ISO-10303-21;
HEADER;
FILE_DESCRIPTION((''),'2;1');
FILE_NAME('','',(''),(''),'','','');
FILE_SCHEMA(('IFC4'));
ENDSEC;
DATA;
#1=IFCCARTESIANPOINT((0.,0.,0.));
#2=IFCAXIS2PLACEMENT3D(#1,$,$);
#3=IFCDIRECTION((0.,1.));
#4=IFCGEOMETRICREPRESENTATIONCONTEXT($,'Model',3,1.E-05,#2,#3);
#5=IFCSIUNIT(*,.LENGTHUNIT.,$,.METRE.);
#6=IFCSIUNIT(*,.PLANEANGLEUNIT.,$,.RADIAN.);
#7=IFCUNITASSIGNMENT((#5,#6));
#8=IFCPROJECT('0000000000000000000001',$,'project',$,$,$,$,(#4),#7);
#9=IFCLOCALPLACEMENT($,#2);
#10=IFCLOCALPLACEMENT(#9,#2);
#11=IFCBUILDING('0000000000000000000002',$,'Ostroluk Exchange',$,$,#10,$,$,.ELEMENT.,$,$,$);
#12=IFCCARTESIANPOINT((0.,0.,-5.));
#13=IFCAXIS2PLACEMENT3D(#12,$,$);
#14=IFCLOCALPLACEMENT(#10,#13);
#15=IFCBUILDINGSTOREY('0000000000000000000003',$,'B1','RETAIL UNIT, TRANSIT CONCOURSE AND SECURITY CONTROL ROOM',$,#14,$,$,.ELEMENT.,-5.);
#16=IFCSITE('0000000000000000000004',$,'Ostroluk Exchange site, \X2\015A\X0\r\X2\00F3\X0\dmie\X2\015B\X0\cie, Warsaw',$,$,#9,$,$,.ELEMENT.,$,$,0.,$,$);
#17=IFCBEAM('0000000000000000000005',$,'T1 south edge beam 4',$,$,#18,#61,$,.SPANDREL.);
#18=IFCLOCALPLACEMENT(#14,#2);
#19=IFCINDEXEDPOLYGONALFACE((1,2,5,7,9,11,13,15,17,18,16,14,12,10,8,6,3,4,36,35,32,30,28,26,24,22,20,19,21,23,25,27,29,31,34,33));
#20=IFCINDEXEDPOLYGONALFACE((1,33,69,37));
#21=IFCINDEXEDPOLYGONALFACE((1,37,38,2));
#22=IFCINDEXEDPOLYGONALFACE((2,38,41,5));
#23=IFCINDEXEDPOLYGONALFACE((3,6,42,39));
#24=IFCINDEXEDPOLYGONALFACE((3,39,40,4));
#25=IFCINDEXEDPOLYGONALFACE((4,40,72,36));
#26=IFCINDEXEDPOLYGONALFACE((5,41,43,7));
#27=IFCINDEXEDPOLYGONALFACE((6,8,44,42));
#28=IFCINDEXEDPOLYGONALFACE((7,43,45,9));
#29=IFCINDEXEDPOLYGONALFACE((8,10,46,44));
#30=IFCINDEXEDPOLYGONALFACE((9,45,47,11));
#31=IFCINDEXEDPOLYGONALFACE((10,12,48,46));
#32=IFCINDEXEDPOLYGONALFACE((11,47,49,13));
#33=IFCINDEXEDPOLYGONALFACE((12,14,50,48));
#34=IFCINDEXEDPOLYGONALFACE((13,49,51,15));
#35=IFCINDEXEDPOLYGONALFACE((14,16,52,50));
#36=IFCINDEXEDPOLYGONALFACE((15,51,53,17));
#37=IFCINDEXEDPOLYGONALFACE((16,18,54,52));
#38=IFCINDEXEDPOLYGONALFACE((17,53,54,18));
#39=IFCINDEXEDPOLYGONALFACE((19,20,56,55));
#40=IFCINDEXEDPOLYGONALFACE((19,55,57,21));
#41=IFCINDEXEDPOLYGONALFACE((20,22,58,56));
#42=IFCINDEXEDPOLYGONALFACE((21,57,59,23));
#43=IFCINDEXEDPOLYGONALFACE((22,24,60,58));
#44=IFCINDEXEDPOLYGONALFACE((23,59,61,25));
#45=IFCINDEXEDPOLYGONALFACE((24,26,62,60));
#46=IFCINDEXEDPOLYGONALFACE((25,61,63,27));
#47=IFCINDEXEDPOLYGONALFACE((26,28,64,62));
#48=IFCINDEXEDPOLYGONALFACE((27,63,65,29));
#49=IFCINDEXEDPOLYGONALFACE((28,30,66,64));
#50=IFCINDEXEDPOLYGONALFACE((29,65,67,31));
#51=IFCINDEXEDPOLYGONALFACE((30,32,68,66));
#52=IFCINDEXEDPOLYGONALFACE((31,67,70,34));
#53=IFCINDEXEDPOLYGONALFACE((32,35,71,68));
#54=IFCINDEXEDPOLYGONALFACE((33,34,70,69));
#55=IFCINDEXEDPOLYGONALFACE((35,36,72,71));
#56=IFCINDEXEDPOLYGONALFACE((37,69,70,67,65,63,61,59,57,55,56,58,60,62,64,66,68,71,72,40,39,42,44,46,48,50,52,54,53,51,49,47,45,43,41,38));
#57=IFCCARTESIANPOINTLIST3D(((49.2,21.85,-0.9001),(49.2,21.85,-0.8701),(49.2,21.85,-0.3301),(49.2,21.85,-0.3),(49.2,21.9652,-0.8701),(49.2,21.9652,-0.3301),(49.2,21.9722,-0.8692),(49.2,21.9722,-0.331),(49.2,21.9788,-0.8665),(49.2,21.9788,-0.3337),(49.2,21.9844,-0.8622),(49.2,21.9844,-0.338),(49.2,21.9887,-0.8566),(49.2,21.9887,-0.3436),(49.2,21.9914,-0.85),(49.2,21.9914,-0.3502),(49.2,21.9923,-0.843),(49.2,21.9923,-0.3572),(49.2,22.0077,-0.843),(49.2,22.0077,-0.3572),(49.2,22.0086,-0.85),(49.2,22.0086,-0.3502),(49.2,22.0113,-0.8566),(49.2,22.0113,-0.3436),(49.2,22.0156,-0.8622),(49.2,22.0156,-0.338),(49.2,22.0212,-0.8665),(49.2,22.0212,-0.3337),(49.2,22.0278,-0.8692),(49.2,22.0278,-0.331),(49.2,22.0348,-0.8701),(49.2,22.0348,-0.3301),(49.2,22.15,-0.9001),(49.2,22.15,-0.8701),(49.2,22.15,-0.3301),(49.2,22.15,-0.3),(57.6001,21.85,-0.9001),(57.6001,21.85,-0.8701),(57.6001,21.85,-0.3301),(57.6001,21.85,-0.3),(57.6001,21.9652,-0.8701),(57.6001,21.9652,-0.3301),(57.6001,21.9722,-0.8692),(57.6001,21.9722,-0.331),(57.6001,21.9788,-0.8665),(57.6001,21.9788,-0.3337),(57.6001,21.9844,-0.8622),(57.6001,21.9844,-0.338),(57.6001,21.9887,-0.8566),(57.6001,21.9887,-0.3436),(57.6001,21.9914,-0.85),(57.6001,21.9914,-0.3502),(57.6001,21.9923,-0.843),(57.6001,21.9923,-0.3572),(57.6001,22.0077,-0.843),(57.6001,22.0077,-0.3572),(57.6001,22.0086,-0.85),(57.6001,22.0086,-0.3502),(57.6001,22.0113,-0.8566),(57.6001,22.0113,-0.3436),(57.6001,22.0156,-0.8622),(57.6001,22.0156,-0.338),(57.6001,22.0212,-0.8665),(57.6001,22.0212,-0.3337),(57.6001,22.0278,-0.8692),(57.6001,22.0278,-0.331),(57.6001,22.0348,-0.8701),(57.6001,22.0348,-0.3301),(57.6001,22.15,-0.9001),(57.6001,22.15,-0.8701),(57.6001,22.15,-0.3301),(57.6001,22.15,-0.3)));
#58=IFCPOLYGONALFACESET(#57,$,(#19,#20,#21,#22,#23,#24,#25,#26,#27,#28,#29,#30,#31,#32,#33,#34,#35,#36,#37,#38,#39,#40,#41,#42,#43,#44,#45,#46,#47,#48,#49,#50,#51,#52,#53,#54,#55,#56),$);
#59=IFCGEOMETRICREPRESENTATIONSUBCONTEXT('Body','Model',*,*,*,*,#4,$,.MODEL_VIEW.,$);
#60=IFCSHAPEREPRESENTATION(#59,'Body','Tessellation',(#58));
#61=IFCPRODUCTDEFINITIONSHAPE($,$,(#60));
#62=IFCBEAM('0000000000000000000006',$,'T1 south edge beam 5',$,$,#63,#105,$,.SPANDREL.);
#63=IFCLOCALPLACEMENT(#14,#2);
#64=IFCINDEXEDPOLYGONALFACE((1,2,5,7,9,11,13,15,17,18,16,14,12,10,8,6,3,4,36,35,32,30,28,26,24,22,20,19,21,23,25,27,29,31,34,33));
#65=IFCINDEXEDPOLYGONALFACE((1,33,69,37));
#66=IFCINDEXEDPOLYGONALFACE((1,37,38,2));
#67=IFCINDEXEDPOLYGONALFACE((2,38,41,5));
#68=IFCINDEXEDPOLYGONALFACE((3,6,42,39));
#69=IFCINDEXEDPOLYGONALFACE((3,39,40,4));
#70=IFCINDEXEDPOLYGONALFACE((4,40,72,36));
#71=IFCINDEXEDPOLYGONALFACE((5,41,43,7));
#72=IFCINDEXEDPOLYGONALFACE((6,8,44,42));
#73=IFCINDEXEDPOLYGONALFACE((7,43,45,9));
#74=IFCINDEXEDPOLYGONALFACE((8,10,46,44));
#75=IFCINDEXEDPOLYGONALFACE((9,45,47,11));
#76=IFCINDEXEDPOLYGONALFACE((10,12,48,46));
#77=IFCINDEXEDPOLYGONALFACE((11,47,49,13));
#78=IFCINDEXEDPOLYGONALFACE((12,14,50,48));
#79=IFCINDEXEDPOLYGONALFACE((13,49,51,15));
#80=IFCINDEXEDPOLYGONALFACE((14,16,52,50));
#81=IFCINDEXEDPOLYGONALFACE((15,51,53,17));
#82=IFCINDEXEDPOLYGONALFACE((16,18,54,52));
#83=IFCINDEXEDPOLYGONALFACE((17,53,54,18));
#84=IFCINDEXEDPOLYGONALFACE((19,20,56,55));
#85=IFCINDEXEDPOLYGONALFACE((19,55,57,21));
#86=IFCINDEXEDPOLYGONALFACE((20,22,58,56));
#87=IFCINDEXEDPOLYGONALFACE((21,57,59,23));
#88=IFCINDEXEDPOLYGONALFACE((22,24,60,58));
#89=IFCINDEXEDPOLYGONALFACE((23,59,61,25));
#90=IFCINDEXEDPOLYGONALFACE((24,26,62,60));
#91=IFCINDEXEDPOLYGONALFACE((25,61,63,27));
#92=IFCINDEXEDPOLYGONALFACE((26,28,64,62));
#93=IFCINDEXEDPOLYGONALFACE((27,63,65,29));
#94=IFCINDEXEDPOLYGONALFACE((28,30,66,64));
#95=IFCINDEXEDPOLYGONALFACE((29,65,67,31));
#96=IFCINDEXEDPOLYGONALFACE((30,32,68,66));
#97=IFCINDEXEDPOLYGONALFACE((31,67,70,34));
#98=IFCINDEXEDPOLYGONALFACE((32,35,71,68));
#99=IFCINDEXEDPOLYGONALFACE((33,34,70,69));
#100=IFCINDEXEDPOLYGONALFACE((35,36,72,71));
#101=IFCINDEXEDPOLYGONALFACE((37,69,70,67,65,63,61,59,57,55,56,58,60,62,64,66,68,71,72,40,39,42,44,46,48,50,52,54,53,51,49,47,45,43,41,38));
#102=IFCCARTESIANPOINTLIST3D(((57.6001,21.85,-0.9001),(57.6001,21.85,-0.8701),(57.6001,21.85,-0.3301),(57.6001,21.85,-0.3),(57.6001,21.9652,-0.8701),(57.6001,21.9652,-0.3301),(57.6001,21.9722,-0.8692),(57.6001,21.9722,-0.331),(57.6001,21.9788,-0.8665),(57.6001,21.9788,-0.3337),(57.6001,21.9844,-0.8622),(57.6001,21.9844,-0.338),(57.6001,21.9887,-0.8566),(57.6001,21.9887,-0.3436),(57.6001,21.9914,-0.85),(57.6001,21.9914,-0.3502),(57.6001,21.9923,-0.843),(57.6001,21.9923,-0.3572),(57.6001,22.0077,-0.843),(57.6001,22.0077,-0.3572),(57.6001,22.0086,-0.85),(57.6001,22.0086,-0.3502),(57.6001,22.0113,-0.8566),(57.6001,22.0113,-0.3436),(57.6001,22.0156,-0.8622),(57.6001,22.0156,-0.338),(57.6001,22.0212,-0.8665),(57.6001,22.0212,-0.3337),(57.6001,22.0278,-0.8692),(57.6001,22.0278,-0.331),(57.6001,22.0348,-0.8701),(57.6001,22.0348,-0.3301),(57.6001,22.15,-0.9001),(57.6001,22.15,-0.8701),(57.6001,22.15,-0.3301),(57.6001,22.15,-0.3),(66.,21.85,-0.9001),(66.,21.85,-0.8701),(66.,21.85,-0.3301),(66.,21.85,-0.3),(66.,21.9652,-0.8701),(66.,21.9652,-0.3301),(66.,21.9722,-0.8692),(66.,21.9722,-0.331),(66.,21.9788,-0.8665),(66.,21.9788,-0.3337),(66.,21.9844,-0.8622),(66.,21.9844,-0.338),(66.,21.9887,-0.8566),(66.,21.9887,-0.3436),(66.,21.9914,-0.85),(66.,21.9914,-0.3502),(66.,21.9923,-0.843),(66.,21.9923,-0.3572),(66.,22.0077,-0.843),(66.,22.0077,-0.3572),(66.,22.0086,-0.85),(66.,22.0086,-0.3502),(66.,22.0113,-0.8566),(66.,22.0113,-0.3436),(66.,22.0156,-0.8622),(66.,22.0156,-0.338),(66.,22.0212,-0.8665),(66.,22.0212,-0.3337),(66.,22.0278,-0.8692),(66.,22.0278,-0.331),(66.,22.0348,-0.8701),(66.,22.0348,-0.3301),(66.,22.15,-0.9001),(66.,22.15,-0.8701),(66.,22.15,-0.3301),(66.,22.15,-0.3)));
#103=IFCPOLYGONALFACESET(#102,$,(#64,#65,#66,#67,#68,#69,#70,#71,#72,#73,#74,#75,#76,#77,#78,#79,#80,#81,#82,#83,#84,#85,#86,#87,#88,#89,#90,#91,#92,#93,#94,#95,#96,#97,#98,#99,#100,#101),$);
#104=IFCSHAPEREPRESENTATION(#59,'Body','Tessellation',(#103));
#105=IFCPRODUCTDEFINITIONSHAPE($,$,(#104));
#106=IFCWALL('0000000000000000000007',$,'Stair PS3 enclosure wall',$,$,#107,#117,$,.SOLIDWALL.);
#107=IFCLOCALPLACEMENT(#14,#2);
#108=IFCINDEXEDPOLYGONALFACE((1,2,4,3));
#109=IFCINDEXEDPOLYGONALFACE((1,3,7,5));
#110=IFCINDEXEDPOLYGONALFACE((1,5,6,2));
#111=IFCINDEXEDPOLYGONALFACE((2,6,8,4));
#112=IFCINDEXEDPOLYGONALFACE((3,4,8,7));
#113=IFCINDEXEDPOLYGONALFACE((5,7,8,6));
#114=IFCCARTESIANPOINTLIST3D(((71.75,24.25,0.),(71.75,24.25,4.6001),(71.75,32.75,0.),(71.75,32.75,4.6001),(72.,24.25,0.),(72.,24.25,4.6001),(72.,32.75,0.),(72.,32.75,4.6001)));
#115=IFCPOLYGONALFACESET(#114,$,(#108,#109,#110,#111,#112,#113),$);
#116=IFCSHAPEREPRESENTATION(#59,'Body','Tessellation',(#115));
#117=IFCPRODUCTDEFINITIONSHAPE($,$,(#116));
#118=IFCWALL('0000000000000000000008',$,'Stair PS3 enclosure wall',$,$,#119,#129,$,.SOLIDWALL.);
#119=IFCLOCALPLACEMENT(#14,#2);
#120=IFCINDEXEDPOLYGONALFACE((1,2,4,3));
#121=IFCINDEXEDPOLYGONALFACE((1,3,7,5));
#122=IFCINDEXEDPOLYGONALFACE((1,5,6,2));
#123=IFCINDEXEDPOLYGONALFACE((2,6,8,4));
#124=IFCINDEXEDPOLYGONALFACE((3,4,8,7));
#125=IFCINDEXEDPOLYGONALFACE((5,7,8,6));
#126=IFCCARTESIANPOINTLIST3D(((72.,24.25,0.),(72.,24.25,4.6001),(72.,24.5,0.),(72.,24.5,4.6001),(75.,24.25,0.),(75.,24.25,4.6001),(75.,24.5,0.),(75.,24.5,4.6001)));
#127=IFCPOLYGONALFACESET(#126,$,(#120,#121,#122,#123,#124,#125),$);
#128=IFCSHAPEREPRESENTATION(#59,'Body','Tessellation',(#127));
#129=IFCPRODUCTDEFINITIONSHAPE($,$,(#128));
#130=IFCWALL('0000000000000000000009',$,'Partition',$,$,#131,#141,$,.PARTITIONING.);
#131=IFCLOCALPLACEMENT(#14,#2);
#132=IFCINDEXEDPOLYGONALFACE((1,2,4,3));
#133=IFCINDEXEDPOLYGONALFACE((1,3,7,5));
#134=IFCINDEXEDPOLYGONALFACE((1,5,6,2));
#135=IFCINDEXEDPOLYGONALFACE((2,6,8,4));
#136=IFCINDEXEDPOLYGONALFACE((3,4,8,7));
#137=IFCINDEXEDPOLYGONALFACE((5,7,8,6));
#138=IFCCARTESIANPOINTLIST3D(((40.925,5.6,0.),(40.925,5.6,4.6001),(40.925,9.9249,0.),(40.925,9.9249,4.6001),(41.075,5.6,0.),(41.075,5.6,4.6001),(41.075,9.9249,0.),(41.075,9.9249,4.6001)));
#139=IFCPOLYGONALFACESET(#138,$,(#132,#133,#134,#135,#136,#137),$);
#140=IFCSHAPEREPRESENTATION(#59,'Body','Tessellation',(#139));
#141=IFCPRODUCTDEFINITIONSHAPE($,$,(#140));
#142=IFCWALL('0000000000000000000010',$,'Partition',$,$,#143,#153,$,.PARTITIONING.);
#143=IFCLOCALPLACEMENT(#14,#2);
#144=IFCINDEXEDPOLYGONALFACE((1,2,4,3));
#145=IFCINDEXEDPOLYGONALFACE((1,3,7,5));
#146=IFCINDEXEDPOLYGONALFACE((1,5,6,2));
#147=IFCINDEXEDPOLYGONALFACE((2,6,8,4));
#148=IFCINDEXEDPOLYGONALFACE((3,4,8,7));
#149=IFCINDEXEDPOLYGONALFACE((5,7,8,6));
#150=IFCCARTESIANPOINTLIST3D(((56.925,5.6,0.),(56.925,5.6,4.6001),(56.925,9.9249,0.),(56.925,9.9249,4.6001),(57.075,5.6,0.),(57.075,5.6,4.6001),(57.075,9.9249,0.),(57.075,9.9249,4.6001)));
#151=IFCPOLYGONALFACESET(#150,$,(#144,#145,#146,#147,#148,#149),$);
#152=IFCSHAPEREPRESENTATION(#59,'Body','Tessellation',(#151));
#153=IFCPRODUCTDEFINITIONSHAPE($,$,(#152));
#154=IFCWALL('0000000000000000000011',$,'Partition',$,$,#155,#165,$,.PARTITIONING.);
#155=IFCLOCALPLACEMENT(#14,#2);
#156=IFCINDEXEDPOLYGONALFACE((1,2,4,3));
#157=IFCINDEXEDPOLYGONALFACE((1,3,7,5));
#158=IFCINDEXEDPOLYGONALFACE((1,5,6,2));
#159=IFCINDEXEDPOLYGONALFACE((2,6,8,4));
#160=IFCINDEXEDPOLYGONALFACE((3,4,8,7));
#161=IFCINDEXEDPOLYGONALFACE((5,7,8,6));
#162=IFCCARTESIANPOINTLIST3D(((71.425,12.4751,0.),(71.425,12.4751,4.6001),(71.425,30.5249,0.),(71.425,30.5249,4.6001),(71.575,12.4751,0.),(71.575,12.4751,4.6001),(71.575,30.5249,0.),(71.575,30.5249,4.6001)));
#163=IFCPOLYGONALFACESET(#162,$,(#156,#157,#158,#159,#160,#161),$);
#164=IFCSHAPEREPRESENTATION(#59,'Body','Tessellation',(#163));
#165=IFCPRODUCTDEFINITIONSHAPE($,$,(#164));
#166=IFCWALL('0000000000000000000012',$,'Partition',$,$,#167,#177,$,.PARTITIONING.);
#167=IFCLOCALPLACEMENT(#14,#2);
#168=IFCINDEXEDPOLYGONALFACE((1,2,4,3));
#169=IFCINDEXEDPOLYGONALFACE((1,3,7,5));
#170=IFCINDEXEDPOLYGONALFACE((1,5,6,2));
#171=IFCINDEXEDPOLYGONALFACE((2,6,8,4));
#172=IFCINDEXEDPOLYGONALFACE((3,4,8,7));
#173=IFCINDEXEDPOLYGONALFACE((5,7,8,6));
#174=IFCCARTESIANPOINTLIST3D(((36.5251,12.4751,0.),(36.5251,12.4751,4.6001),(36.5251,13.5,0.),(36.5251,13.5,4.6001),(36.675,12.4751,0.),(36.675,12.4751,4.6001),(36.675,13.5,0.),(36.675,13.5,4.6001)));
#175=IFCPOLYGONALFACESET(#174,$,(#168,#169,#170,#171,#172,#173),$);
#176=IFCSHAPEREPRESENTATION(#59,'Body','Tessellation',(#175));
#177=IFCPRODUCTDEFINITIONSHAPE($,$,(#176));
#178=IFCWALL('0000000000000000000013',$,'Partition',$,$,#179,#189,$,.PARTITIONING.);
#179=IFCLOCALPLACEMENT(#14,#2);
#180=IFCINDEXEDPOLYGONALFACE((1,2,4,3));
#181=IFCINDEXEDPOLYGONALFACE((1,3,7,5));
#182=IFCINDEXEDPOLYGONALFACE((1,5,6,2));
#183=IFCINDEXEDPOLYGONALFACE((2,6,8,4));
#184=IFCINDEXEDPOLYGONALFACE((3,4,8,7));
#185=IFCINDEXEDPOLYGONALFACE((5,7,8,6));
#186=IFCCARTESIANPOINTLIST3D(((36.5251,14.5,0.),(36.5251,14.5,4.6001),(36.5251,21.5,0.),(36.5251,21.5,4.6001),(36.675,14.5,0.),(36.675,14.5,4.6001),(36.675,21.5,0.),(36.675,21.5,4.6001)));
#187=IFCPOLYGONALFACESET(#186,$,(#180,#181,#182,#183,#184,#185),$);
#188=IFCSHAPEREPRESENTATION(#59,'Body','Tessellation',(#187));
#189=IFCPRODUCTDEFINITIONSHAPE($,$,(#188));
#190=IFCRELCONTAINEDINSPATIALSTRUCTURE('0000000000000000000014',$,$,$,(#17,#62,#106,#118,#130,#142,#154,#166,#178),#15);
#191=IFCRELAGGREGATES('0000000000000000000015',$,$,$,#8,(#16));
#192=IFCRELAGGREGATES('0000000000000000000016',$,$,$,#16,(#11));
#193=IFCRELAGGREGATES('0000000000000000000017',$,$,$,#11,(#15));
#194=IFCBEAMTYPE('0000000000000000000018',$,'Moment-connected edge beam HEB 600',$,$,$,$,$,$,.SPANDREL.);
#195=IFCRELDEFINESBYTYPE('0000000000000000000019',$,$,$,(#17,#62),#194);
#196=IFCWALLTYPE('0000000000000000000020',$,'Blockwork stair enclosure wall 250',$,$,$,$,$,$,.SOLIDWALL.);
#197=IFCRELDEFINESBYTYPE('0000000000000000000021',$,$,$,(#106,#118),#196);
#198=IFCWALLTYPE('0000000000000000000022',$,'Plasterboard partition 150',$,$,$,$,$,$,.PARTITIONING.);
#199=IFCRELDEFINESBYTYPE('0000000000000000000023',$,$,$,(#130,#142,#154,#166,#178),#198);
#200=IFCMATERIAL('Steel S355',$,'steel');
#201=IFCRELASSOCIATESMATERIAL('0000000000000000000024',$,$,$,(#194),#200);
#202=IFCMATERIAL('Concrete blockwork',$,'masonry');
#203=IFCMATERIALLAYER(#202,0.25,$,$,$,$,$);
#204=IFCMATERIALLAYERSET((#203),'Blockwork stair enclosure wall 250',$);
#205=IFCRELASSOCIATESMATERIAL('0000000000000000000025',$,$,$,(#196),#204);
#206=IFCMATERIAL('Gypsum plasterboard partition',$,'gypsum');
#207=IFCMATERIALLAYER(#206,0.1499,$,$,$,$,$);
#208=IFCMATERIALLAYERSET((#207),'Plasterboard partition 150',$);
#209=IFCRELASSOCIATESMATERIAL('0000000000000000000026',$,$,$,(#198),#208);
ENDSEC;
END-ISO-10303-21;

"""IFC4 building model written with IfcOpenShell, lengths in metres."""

from ifc_helpers import new_model, si_unit, direction, frame, frame_2d, origin, origin_2d, place, context, subcontext, project, spatial, rectangle, i_section, extrude, material, layer, layer_set, material_profile, profile_set, type_object, element, save


model = new_model("IFC4")

# Units and contexts
model_context = context("Model", 3, precision=1e-05, world=origin(), true_north=direction((0.0, 1.0)))
body_context = subcontext(model_context, "Body", "Model", "MODEL_VIEW")
ifc_project = project(units=[si_unit("LENGTHUNIT", "METRE"), si_unit("PLANEANGLEUNIT", "RADIAN")], contexts=[model_context])

# Site, building, storey
site_placement = place(None, origin())
site = spatial("IfcSite", under=ifc_project, at=site_placement, Name="Ostroluk Exchange site, Śródmieście, Warsaw", CompositionType="ELEMENT", RefElevation=0.0)
building_placement = place(site_placement, origin())
building = spatial("IfcBuilding", under=site, at=building_placement, Name="Ostroluk Exchange", CompositionType="ELEMENT")
storey_placement = place(building_placement, frame((0.0, 0.0, -5.0)))
storey = spatial("IfcBuildingStorey", under=building, at=storey_placement, Name="B1", Description="RETAIL UNIT, TRANSIT CONCOURSE AND SECURITY CONTROL ROOM", CompositionType="ELEMENT", Elevation=-5.0)

# Beams
ifc_material_1 = material(Name="Steel S355", Category="steel")
ifc_material_profile_1 = material_profile(ifc_material_1, i_section(OverallWidth=0.3, OverallDepth=0.6001, WebThickness=0.0154, FlangeThickness=0.03, FilletRadius=0.0271, at=origin_2d()), Name="HEB 600")
ifc_profile_set_1 = profile_set([ifc_material_profile_1], Name="Steel S355")
beam_type_1 = type_object("IfcBeamType", Name="Moment-connected edge beam HEB 600", PredefinedType="SPANDREL", material=ifc_profile_set_1)
beam_1_placement = place(storey_placement, frame((49.2, 22.0, -0.6001), z_axis=(1.0, 0.0, 0.0), x_axis=(0.0, 1.0, 0.0)))
element("IfcBeam", 1, at=beam_1_placement, inside=storey, type_object=beam_type_1, Name="T1 south edge beam 4", PredefinedType="SPANDREL", context=body_context, shape_type="SweptSolid", body=[
    extrude(i_section(OverallWidth=0.3, OverallDepth=0.6001, WebThickness=0.0154, FlangeThickness=0.03, FilletRadius=0.0271, at=origin_2d()), origin(), (0.0, 0.0, 1.0), 8.4001),
])
beam_2_placement = place(storey_placement, frame((57.6001, 22.0, -0.6001), z_axis=(1.0, 0.0, 0.0), x_axis=(0.0, 1.0, 0.0)))
element("IfcBeam", 2, at=beam_2_placement, inside=storey, type_object=beam_type_1, Name="T1 south edge beam 5", PredefinedType="SPANDREL", context=body_context, shape_type="SweptSolid", body=[
    extrude(i_section(OverallWidth=0.3, OverallDepth=0.6001, WebThickness=0.0154, FlangeThickness=0.03, FilletRadius=0.0271, at=origin_2d()), origin(), (0.0, 0.0, 1.0), 8.3999),
])

# Walls
ifc_material_2 = material(Name="Concrete blockwork", Category="masonry")
ifc_layer_1 = layer(ifc_material_2, 0.25)
ifc_layer_set_1 = layer_set([ifc_layer_1], Name="Blockwork stair enclosure wall 250")
wall_type_1 = type_object("IfcWallType", Name="Blockwork stair enclosure wall 250", PredefinedType="SOLIDWALL", material=ifc_layer_set_1)
wall_1_placement = place(storey_placement, frame((71.875, 24.25, 0.0), z_axis=(0.0, 0.0, 1.0), x_axis=(0.0, 1.0, 0.0)))
element("IfcWall", 3, at=wall_1_placement, inside=storey, type_object=wall_type_1, Name="Stair PS3 enclosure wall", PredefinedType="SOLIDWALL", context=body_context, shape_type="SweptSolid", body=[
    extrude(rectangle(XDim=8.5, YDim=0.25, at=frame_2d((4.25, 0.0))), origin(), (0.0, 0.0, 1.0), 4.6001),
])
wall_2_placement = place(storey_placement, frame((72.0, 24.375, 0.0), z_axis=(0.0, 0.0, 1.0), x_axis=(1.0, 0.0, 0.0)))
element("IfcWall", 4, at=wall_2_placement, inside=storey, type_object=wall_type_1, Name="Stair PS3 enclosure wall", PredefinedType="SOLIDWALL", context=body_context, shape_type="SweptSolid", body=[
    extrude(rectangle(XDim=3.0, YDim=0.25, at=frame_2d((1.5, 0.0))), origin(), (0.0, 0.0, 1.0), 4.6001),
])
ifc_material_3 = material(Name="Gypsum plasterboard partition", Category="gypsum")
ifc_layer_2 = layer(ifc_material_3, 0.1499)
ifc_layer_set_2 = layer_set([ifc_layer_2], Name="Plasterboard partition 150")
wall_type_2 = type_object("IfcWallType", Name="Plasterboard partition 150", PredefinedType="PARTITIONING", material=ifc_layer_set_2)
for number, where, z_axis, x_axis, name in (
    (5, (41.0, 9.925, 0.0), (0.0, 0.0, 1.0), (0.0, -1.0, 0.0), "Partition"),
    (6, (57.0, 9.925, 0.0), (0.0, 0.0, 1.0), (0.0, -1.0, 0.0), "Partition"),
):
    element("IfcWall", number, at=place(storey_placement, frame(where, z_axis=z_axis, x_axis=x_axis)), inside=storey, type_object=wall_type_2, Name=name, PredefinedType="PARTITIONING", context=body_context, shape_type="SweptSolid", body=[
        extrude(rectangle(XDim=4.325, YDim=0.1499, at=frame_2d((2.1626, 0.0))), origin(), (0.0, 0.0, 1.0), 4.6001),
    ])
wall_3_placement = place(storey_placement, frame((71.5, 12.4751, 0.0), z_axis=(0.0, 0.0, 1.0), x_axis=(0.0, 1.0, 0.0)))
element("IfcWall", 7, at=wall_3_placement, inside=storey, type_object=wall_type_2, Name="Partition", PredefinedType="PARTITIONING", context=body_context, shape_type="SweptSolid", body=[
    extrude(rectangle(XDim=18.0498, YDim=0.1499, at=frame_2d((9.0249, 0.0))), origin(), (0.0, 0.0, 1.0), 4.6001),
])
wall_4_placement = place(storey_placement, frame((36.6001, 12.4751, 0.0), z_axis=(0.0, 0.0, 1.0), x_axis=(0.0, 1.0, 0.0)))
element("IfcWall", 8, at=wall_4_placement, inside=storey, type_object=wall_type_2, Name="Partition", PredefinedType="PARTITIONING", context=body_context, shape_type="SweptSolid", body=[
    extrude(rectangle(XDim=1.0249, YDim=0.1499, at=frame_2d((0.5125, 0.0))), origin(), (0.0, 0.0, 1.0), 4.6001),
])
wall_5_placement = place(storey_placement, frame((36.6001, 14.5, 0.0), z_axis=(0.0, 0.0, 1.0), x_axis=(0.0, 1.0, 0.0)))
element("IfcWall", 9, at=wall_5_placement, inside=storey, type_object=wall_type_2, Name="Partition", PredefinedType="PARTITIONING", context=body_context, shape_type="SweptSolid", body=[
    extrude(rectangle(XDim=7.0, YDim=0.1499, at=frame_2d((3.5, 0.0))), origin(), (0.0, 0.0, 1.0), 4.6001),
])

save(model, "model.ifc")
